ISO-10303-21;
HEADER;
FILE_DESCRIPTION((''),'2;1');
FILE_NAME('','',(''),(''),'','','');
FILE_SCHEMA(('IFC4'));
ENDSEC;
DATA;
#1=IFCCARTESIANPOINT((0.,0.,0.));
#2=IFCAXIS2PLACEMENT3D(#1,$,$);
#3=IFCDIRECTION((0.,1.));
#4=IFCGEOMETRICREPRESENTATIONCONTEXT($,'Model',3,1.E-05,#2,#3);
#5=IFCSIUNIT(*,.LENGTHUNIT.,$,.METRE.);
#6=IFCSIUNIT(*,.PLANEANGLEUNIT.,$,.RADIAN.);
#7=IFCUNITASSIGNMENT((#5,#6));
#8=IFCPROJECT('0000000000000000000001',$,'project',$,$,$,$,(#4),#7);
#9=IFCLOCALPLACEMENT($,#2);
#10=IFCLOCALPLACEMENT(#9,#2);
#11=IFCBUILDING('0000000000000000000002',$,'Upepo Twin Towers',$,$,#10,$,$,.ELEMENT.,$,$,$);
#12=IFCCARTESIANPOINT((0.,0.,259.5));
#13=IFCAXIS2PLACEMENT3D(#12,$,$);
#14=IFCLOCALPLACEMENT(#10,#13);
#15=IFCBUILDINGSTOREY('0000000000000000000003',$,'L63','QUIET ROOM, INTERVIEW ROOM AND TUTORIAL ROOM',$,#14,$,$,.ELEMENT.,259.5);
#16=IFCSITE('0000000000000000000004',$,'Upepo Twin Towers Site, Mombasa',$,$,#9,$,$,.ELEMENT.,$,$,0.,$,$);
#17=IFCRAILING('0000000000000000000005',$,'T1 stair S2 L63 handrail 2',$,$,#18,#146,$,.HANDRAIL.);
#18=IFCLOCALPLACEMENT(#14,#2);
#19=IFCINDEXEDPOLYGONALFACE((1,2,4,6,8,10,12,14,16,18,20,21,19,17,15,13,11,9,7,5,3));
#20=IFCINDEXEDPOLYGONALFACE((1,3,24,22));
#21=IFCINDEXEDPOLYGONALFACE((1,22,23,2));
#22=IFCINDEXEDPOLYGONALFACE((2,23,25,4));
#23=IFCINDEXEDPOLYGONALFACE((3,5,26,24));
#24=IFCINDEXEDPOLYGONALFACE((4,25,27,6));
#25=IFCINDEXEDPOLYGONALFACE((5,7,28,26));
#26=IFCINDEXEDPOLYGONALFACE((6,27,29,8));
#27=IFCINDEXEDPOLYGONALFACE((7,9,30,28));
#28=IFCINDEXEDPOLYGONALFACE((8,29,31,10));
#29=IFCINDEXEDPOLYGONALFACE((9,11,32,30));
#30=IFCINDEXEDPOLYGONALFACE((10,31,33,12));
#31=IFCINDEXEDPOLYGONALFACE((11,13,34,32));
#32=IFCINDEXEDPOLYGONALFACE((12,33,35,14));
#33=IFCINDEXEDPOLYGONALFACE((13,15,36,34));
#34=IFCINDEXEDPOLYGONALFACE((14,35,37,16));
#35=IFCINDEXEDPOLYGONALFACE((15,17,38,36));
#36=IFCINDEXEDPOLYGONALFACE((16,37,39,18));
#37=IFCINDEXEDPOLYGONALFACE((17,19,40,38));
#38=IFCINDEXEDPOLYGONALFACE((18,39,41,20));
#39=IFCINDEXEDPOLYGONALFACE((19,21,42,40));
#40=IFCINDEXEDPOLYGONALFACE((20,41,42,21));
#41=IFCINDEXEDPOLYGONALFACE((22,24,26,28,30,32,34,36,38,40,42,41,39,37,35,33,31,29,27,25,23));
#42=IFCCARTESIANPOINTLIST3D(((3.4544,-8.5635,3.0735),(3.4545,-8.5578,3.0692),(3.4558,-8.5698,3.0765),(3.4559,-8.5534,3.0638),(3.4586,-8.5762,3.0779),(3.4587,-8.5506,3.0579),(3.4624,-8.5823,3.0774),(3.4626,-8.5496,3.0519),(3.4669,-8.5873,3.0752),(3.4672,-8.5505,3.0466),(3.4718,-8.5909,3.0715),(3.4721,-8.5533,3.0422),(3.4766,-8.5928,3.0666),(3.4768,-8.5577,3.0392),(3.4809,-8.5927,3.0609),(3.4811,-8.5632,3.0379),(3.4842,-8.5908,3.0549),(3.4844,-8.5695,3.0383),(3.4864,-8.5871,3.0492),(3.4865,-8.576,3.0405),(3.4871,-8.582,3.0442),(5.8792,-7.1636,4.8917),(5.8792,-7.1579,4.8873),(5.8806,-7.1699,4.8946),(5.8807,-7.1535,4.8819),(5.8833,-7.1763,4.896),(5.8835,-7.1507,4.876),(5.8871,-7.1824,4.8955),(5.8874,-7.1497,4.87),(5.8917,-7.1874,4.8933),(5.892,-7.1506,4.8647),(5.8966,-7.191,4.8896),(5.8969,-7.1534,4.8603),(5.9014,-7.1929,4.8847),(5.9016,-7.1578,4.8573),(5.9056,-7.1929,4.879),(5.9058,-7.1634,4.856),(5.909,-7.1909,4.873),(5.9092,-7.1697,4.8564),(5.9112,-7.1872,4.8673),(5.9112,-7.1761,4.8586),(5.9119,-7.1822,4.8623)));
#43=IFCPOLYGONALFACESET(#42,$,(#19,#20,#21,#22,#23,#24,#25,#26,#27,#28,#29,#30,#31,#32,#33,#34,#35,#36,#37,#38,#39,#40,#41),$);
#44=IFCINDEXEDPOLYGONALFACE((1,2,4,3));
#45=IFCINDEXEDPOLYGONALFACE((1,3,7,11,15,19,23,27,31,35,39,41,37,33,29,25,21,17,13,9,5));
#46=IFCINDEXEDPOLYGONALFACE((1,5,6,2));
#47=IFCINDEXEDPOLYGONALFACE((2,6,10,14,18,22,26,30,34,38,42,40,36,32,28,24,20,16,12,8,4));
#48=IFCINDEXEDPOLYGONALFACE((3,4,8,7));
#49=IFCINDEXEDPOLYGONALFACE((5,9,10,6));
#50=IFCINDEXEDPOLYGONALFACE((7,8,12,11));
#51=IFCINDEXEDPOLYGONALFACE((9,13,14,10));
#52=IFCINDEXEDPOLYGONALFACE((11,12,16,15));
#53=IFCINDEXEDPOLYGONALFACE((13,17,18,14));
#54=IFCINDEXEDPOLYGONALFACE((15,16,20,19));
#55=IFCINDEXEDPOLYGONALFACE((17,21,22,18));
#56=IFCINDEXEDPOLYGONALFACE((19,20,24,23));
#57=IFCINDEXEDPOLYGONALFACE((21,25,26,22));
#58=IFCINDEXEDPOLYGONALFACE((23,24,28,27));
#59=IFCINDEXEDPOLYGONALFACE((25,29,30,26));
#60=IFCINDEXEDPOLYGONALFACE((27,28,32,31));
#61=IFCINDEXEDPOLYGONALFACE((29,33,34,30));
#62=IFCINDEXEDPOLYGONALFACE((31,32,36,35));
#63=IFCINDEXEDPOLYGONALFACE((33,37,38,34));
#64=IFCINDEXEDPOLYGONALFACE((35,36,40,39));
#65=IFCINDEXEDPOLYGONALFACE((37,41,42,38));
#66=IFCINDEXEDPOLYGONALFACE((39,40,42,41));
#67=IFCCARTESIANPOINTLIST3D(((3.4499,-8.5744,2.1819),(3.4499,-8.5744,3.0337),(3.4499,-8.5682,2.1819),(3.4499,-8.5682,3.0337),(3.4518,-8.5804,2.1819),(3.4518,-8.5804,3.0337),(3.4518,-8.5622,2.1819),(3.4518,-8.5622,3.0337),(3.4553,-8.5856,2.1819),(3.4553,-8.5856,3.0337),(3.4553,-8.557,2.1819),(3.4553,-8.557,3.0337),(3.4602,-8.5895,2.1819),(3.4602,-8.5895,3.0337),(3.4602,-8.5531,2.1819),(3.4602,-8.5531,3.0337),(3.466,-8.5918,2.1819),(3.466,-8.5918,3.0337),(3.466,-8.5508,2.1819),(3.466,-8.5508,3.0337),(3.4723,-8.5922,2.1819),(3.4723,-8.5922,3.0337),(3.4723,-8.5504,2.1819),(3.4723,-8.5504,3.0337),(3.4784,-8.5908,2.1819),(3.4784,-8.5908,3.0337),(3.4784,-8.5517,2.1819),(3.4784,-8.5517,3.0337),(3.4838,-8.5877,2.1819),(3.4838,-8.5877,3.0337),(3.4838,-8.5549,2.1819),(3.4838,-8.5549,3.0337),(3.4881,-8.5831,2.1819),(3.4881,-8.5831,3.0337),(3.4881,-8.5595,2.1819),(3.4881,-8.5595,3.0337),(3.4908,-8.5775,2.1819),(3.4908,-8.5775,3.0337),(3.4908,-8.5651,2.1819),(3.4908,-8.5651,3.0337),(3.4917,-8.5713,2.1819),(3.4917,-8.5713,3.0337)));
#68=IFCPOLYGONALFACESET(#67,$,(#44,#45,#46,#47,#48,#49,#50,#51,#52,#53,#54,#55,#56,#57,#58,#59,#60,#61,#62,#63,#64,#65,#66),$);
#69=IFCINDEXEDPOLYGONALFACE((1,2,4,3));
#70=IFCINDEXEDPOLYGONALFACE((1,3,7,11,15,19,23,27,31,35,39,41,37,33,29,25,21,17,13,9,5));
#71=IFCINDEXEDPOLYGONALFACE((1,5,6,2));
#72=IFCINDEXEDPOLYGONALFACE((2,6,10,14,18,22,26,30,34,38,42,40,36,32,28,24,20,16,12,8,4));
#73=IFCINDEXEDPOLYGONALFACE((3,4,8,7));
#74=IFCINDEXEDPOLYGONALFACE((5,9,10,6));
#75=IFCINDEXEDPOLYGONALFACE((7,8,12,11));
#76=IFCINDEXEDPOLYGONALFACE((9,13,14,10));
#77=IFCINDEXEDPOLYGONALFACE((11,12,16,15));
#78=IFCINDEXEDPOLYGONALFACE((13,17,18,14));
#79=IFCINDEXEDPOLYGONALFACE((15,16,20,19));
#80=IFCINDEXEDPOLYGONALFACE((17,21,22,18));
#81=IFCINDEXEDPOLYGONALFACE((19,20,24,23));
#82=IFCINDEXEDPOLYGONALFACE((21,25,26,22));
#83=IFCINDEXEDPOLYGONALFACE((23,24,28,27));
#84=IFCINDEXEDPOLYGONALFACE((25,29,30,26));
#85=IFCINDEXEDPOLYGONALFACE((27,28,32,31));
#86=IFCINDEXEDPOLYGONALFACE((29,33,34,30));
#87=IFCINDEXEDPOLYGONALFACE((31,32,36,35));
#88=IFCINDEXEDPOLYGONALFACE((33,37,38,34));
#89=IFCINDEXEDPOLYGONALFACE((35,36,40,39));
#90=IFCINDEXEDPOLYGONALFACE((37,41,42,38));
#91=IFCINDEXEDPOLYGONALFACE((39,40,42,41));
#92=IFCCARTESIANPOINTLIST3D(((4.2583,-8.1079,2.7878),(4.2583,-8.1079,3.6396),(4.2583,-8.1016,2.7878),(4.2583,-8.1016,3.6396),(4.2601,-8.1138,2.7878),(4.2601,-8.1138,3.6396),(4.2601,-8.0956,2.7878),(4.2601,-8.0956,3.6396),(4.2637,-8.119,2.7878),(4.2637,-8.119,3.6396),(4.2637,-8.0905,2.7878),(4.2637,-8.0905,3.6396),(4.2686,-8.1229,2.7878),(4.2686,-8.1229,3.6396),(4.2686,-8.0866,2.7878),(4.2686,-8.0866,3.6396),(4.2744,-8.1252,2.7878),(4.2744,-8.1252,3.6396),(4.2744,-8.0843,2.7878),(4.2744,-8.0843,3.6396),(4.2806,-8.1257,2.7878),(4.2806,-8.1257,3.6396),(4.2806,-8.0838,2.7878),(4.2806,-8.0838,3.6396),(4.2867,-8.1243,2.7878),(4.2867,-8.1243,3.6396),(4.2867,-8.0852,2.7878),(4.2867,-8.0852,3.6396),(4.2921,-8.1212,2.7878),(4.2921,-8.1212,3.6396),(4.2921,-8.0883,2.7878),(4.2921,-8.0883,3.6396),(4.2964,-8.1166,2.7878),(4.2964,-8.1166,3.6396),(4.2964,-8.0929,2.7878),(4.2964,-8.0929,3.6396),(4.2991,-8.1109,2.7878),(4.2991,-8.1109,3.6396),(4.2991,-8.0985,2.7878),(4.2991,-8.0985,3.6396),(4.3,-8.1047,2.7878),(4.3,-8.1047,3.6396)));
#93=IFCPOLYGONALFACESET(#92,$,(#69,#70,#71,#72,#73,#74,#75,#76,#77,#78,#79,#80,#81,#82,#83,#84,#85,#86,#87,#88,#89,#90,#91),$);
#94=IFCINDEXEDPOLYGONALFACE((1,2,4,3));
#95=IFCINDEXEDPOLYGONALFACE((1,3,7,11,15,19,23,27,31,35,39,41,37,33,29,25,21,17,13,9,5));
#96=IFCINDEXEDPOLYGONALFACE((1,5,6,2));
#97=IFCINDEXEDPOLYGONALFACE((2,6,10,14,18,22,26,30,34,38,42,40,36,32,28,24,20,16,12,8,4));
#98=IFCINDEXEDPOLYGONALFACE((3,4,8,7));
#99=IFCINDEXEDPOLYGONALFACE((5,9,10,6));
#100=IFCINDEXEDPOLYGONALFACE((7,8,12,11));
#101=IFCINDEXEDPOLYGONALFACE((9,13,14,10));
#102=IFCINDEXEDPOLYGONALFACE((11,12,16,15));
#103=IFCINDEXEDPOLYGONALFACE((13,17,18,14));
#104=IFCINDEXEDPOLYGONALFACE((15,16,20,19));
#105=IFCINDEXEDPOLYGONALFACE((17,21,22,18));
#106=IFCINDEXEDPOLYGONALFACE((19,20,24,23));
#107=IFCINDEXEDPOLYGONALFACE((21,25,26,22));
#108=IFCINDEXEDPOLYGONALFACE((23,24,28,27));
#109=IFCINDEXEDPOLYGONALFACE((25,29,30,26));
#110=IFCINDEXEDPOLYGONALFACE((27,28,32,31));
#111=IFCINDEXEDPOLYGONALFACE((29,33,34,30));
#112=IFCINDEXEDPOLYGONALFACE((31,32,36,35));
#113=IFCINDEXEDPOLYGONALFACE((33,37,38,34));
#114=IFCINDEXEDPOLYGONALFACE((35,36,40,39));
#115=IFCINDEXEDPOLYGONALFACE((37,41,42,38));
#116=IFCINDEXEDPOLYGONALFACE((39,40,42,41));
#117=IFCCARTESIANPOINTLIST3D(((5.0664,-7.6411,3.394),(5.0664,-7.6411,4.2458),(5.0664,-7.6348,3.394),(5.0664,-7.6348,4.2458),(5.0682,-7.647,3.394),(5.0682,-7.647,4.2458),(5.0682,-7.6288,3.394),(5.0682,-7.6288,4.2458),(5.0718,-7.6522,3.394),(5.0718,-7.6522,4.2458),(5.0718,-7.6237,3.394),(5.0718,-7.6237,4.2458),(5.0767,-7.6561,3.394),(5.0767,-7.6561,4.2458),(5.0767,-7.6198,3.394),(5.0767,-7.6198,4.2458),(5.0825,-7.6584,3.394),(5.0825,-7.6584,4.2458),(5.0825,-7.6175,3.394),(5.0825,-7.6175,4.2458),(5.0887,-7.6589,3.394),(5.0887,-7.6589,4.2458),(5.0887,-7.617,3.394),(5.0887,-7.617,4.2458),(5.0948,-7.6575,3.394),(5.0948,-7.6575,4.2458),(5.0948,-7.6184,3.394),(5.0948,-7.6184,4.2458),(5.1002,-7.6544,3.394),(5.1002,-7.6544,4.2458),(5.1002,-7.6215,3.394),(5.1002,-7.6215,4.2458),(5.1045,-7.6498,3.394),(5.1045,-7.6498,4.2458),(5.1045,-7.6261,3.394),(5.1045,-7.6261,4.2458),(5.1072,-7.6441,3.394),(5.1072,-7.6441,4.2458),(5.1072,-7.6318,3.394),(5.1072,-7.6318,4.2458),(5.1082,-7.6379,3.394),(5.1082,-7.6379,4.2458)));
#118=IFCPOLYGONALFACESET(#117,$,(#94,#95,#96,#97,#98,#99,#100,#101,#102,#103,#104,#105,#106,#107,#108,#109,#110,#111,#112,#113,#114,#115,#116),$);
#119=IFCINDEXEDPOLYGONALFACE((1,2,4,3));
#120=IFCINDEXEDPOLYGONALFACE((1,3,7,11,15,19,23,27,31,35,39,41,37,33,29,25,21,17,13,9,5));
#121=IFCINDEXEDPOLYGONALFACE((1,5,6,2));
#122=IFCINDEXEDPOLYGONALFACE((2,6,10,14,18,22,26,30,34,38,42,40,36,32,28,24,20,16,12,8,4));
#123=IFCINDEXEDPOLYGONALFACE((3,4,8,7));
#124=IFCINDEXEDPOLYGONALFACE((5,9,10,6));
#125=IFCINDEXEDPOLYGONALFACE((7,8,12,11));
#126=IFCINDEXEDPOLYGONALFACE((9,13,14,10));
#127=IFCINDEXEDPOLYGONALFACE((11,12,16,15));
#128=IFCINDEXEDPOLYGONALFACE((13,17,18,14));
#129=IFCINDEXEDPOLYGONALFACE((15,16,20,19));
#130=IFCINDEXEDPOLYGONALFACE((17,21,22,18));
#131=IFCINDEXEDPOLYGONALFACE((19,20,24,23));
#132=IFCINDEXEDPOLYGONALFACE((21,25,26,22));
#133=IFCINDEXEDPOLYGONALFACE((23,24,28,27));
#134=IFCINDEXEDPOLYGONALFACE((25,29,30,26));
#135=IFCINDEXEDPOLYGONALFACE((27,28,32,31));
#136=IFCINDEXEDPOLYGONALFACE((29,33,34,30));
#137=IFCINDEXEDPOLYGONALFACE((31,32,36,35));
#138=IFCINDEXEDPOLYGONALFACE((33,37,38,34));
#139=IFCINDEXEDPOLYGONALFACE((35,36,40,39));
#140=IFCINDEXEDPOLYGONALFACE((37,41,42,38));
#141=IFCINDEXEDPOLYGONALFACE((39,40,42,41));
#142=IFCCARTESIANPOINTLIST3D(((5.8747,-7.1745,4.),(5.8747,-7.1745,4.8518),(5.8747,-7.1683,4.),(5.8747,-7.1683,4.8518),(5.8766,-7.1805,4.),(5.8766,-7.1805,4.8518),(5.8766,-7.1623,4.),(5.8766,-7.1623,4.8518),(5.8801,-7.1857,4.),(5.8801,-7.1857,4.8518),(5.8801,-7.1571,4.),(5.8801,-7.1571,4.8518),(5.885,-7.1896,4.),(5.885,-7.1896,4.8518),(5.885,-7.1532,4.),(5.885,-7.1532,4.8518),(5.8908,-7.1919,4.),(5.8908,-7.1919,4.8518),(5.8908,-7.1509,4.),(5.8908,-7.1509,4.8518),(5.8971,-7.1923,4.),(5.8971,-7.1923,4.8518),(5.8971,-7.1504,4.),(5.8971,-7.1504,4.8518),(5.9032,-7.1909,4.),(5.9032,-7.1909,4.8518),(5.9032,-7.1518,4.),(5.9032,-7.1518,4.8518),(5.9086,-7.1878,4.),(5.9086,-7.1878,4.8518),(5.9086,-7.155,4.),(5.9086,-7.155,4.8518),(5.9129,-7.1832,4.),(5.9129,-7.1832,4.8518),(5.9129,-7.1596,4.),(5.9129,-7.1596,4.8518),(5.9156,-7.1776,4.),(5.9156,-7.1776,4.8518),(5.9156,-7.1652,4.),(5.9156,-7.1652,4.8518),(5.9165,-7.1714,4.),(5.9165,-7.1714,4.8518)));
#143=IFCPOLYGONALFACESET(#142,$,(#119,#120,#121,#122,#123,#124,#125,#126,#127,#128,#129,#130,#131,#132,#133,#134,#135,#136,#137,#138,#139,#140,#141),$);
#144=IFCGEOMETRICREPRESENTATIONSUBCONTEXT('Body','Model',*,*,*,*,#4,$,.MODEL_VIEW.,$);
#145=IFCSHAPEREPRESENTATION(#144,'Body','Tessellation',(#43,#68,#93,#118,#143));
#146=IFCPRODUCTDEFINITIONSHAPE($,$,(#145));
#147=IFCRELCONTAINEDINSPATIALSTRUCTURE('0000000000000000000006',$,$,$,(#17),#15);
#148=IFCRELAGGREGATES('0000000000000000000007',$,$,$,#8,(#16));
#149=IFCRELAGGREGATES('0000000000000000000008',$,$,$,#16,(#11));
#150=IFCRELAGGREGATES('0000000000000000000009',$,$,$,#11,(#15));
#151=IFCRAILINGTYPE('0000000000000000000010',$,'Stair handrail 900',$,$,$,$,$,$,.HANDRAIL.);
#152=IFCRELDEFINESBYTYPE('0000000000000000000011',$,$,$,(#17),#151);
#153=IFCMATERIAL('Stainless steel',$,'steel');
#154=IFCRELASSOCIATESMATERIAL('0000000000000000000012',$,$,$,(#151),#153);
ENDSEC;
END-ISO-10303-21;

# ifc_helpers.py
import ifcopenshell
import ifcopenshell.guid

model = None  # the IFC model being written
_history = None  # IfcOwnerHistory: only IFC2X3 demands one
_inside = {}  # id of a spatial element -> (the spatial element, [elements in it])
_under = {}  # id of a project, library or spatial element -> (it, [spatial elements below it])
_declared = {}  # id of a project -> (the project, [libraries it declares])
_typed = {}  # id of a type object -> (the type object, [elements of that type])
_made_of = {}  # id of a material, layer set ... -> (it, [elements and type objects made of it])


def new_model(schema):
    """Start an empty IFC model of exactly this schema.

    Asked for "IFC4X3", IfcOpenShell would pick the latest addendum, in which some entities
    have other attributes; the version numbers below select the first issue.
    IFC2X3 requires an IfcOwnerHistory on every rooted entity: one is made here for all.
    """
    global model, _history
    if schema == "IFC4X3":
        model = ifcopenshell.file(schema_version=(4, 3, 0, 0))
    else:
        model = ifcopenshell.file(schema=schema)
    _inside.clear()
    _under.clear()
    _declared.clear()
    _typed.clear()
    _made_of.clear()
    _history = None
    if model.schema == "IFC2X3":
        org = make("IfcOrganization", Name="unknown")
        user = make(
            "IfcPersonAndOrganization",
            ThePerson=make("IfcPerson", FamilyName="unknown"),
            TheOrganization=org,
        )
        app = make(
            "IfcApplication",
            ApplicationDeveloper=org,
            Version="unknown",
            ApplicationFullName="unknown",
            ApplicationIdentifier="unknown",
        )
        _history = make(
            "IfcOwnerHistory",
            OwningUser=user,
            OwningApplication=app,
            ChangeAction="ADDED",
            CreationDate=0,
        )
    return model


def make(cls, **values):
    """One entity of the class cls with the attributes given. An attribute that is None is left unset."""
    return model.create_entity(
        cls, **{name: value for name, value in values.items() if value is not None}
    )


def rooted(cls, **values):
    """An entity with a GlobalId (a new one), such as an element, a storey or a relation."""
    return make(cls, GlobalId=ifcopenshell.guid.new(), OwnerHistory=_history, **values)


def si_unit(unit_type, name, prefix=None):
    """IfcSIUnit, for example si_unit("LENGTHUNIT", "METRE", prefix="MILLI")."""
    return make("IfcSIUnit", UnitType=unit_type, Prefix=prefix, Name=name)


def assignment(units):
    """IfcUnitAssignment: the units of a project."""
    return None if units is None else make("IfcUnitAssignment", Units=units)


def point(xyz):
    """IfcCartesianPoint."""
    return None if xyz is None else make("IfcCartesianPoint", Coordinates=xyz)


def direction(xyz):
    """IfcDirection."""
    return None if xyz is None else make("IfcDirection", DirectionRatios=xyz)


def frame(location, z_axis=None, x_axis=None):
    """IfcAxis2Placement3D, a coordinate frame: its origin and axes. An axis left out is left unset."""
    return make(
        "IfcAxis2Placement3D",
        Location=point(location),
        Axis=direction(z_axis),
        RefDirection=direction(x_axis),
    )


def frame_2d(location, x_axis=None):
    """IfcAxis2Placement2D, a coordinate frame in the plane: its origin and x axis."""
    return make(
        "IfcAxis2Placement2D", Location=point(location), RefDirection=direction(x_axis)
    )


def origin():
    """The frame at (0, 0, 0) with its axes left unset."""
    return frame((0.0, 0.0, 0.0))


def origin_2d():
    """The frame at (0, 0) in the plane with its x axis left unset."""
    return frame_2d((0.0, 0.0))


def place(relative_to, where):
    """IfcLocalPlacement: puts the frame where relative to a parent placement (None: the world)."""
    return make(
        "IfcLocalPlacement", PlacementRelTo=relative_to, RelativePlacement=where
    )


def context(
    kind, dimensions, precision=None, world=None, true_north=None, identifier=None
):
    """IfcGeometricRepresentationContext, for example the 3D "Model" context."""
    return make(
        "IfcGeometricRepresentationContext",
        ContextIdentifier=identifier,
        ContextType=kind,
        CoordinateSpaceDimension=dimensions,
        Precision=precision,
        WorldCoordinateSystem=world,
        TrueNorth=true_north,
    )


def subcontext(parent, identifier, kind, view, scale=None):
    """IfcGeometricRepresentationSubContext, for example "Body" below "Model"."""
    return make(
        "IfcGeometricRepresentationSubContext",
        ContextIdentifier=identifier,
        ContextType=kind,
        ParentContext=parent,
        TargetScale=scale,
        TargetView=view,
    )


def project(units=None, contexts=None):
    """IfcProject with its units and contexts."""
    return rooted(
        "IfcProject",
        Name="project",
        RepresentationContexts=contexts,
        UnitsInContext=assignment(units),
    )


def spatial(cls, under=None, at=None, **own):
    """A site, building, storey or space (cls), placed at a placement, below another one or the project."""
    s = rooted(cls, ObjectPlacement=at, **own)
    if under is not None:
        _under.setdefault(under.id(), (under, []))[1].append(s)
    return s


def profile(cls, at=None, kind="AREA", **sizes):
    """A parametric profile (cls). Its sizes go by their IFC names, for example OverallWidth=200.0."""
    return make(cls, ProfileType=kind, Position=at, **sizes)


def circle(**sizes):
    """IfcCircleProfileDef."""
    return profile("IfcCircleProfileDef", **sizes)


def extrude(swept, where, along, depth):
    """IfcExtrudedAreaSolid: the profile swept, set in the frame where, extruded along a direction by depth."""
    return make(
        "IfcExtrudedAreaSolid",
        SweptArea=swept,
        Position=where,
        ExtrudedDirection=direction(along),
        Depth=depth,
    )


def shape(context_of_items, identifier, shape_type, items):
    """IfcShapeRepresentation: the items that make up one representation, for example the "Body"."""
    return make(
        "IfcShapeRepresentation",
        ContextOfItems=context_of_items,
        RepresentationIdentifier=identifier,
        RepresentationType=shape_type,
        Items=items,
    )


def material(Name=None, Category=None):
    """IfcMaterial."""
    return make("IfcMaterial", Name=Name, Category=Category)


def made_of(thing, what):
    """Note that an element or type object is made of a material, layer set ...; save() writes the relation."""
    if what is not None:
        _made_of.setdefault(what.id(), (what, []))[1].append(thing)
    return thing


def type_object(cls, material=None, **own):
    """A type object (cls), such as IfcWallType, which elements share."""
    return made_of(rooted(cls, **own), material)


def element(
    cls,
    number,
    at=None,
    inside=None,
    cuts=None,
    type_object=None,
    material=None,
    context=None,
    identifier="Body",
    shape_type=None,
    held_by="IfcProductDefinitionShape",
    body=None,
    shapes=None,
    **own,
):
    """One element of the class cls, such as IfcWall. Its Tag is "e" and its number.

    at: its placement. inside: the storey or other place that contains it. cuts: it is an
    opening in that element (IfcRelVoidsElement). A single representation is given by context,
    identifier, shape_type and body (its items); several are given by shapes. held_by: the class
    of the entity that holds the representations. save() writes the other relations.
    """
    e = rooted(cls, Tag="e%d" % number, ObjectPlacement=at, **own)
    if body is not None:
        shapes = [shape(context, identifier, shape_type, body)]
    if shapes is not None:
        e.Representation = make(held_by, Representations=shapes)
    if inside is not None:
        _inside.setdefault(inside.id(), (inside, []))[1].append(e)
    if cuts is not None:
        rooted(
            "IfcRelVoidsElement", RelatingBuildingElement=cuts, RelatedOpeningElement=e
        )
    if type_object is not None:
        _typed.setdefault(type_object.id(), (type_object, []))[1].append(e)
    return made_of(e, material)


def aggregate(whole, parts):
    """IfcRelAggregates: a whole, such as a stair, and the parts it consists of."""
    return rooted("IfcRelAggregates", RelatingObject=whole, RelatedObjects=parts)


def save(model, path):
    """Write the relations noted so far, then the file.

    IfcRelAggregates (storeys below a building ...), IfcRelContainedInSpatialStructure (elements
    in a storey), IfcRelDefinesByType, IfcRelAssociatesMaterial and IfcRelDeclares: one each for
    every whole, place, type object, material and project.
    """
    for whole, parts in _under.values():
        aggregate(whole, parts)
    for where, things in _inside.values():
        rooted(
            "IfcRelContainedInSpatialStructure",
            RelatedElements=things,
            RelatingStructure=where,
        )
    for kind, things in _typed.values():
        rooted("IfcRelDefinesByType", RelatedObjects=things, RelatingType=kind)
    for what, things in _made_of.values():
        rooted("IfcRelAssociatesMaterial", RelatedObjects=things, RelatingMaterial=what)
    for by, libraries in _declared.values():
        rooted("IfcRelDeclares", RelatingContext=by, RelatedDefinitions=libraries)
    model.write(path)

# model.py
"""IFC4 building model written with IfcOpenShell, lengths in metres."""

from ifc_helpers import new_model, si_unit, direction, frame, origin, origin_2d, place, context, subcontext, project, spatial, circle, extrude, material, type_object, element, save


model = new_model("IFC4")

# Units and contexts
model_context = context("Model", 3, precision=1e-05, world=origin(), true_north=direction((0.0, 1.0)))
body_context = subcontext(model_context, "Body", "Model", "MODEL_VIEW")
ifc_project = project(units=[si_unit("LENGTHUNIT", "METRE"), si_unit("PLANEANGLEUNIT", "RADIAN")], contexts=[model_context])

# Site, building, storey
site_placement = place(None, origin())
site = spatial("IfcSite", under=ifc_project, at=site_placement, Name="Upepo Twin Towers Site, Mombasa", CompositionType="ELEMENT", RefElevation=0.0)
building_placement = place(site_placement, origin())
building = spatial("IfcBuilding", under=site, at=building_placement, Name="Upepo Twin Towers", CompositionType="ELEMENT")
storey_placement = place(building_placement, frame((0.0, 0.0, 259.5)))
storey = spatial("IfcBuildingStorey", under=building, at=storey_placement, Name="L63", Description="QUIET ROOM, INTERVIEW ROOM AND TUTORIAL ROOM", CompositionType="ELEMENT", Elevation=259.5)

# Railing
ifc_material_1 = material(Name="Stainless steel", Category="steel")
railing_type = type_object("IfcRailingType", Name="Stair handrail 900", PredefinedType="HANDRAIL", material=ifc_material_1)
railing_1_placement = place(storey_placement, frame((3.4707, -8.5713, 2.1819)))
element("IfcRailing", 1, at=railing_1_placement, inside=storey, type_object=railing_type, Name="T1 stair S2 L63 handrail 2", PredefinedType="HANDRAIL", context=body_context, shape_type="SweptSolid", body=[
    extrude(circle(Radius=0.0239, at=origin_2d()), frame((0.0, 0.0, 0.876), z_axis=(0.726336, 0.419333, 0.544606), x_axis=(-0.499984, 0.866035, 0.0)), (0.0, 0.0, 1.0), 3.3384),
    extrude(circle(Radius=0.021, at=origin_2d()), origin(), (0.0, 0.0, 1.0), 0.8518),
    extrude(circle(Radius=0.021, at=origin_2d()), frame((0.8083, 0.4666, 0.606)), (0.0, 0.0, 1.0), 0.8518),
    extrude(circle(Radius=0.021, at=origin_2d()), frame((1.6165, 0.9333, 1.2122)), (0.0, 0.0, 1.0), 0.8518),
    extrude(circle(Radius=0.021, at=origin_2d()), frame((2.4248, 1.3999, 1.8181)), (0.0, 0.0, 1.0), 0.8518),
])

save(model, "model.ifc")
